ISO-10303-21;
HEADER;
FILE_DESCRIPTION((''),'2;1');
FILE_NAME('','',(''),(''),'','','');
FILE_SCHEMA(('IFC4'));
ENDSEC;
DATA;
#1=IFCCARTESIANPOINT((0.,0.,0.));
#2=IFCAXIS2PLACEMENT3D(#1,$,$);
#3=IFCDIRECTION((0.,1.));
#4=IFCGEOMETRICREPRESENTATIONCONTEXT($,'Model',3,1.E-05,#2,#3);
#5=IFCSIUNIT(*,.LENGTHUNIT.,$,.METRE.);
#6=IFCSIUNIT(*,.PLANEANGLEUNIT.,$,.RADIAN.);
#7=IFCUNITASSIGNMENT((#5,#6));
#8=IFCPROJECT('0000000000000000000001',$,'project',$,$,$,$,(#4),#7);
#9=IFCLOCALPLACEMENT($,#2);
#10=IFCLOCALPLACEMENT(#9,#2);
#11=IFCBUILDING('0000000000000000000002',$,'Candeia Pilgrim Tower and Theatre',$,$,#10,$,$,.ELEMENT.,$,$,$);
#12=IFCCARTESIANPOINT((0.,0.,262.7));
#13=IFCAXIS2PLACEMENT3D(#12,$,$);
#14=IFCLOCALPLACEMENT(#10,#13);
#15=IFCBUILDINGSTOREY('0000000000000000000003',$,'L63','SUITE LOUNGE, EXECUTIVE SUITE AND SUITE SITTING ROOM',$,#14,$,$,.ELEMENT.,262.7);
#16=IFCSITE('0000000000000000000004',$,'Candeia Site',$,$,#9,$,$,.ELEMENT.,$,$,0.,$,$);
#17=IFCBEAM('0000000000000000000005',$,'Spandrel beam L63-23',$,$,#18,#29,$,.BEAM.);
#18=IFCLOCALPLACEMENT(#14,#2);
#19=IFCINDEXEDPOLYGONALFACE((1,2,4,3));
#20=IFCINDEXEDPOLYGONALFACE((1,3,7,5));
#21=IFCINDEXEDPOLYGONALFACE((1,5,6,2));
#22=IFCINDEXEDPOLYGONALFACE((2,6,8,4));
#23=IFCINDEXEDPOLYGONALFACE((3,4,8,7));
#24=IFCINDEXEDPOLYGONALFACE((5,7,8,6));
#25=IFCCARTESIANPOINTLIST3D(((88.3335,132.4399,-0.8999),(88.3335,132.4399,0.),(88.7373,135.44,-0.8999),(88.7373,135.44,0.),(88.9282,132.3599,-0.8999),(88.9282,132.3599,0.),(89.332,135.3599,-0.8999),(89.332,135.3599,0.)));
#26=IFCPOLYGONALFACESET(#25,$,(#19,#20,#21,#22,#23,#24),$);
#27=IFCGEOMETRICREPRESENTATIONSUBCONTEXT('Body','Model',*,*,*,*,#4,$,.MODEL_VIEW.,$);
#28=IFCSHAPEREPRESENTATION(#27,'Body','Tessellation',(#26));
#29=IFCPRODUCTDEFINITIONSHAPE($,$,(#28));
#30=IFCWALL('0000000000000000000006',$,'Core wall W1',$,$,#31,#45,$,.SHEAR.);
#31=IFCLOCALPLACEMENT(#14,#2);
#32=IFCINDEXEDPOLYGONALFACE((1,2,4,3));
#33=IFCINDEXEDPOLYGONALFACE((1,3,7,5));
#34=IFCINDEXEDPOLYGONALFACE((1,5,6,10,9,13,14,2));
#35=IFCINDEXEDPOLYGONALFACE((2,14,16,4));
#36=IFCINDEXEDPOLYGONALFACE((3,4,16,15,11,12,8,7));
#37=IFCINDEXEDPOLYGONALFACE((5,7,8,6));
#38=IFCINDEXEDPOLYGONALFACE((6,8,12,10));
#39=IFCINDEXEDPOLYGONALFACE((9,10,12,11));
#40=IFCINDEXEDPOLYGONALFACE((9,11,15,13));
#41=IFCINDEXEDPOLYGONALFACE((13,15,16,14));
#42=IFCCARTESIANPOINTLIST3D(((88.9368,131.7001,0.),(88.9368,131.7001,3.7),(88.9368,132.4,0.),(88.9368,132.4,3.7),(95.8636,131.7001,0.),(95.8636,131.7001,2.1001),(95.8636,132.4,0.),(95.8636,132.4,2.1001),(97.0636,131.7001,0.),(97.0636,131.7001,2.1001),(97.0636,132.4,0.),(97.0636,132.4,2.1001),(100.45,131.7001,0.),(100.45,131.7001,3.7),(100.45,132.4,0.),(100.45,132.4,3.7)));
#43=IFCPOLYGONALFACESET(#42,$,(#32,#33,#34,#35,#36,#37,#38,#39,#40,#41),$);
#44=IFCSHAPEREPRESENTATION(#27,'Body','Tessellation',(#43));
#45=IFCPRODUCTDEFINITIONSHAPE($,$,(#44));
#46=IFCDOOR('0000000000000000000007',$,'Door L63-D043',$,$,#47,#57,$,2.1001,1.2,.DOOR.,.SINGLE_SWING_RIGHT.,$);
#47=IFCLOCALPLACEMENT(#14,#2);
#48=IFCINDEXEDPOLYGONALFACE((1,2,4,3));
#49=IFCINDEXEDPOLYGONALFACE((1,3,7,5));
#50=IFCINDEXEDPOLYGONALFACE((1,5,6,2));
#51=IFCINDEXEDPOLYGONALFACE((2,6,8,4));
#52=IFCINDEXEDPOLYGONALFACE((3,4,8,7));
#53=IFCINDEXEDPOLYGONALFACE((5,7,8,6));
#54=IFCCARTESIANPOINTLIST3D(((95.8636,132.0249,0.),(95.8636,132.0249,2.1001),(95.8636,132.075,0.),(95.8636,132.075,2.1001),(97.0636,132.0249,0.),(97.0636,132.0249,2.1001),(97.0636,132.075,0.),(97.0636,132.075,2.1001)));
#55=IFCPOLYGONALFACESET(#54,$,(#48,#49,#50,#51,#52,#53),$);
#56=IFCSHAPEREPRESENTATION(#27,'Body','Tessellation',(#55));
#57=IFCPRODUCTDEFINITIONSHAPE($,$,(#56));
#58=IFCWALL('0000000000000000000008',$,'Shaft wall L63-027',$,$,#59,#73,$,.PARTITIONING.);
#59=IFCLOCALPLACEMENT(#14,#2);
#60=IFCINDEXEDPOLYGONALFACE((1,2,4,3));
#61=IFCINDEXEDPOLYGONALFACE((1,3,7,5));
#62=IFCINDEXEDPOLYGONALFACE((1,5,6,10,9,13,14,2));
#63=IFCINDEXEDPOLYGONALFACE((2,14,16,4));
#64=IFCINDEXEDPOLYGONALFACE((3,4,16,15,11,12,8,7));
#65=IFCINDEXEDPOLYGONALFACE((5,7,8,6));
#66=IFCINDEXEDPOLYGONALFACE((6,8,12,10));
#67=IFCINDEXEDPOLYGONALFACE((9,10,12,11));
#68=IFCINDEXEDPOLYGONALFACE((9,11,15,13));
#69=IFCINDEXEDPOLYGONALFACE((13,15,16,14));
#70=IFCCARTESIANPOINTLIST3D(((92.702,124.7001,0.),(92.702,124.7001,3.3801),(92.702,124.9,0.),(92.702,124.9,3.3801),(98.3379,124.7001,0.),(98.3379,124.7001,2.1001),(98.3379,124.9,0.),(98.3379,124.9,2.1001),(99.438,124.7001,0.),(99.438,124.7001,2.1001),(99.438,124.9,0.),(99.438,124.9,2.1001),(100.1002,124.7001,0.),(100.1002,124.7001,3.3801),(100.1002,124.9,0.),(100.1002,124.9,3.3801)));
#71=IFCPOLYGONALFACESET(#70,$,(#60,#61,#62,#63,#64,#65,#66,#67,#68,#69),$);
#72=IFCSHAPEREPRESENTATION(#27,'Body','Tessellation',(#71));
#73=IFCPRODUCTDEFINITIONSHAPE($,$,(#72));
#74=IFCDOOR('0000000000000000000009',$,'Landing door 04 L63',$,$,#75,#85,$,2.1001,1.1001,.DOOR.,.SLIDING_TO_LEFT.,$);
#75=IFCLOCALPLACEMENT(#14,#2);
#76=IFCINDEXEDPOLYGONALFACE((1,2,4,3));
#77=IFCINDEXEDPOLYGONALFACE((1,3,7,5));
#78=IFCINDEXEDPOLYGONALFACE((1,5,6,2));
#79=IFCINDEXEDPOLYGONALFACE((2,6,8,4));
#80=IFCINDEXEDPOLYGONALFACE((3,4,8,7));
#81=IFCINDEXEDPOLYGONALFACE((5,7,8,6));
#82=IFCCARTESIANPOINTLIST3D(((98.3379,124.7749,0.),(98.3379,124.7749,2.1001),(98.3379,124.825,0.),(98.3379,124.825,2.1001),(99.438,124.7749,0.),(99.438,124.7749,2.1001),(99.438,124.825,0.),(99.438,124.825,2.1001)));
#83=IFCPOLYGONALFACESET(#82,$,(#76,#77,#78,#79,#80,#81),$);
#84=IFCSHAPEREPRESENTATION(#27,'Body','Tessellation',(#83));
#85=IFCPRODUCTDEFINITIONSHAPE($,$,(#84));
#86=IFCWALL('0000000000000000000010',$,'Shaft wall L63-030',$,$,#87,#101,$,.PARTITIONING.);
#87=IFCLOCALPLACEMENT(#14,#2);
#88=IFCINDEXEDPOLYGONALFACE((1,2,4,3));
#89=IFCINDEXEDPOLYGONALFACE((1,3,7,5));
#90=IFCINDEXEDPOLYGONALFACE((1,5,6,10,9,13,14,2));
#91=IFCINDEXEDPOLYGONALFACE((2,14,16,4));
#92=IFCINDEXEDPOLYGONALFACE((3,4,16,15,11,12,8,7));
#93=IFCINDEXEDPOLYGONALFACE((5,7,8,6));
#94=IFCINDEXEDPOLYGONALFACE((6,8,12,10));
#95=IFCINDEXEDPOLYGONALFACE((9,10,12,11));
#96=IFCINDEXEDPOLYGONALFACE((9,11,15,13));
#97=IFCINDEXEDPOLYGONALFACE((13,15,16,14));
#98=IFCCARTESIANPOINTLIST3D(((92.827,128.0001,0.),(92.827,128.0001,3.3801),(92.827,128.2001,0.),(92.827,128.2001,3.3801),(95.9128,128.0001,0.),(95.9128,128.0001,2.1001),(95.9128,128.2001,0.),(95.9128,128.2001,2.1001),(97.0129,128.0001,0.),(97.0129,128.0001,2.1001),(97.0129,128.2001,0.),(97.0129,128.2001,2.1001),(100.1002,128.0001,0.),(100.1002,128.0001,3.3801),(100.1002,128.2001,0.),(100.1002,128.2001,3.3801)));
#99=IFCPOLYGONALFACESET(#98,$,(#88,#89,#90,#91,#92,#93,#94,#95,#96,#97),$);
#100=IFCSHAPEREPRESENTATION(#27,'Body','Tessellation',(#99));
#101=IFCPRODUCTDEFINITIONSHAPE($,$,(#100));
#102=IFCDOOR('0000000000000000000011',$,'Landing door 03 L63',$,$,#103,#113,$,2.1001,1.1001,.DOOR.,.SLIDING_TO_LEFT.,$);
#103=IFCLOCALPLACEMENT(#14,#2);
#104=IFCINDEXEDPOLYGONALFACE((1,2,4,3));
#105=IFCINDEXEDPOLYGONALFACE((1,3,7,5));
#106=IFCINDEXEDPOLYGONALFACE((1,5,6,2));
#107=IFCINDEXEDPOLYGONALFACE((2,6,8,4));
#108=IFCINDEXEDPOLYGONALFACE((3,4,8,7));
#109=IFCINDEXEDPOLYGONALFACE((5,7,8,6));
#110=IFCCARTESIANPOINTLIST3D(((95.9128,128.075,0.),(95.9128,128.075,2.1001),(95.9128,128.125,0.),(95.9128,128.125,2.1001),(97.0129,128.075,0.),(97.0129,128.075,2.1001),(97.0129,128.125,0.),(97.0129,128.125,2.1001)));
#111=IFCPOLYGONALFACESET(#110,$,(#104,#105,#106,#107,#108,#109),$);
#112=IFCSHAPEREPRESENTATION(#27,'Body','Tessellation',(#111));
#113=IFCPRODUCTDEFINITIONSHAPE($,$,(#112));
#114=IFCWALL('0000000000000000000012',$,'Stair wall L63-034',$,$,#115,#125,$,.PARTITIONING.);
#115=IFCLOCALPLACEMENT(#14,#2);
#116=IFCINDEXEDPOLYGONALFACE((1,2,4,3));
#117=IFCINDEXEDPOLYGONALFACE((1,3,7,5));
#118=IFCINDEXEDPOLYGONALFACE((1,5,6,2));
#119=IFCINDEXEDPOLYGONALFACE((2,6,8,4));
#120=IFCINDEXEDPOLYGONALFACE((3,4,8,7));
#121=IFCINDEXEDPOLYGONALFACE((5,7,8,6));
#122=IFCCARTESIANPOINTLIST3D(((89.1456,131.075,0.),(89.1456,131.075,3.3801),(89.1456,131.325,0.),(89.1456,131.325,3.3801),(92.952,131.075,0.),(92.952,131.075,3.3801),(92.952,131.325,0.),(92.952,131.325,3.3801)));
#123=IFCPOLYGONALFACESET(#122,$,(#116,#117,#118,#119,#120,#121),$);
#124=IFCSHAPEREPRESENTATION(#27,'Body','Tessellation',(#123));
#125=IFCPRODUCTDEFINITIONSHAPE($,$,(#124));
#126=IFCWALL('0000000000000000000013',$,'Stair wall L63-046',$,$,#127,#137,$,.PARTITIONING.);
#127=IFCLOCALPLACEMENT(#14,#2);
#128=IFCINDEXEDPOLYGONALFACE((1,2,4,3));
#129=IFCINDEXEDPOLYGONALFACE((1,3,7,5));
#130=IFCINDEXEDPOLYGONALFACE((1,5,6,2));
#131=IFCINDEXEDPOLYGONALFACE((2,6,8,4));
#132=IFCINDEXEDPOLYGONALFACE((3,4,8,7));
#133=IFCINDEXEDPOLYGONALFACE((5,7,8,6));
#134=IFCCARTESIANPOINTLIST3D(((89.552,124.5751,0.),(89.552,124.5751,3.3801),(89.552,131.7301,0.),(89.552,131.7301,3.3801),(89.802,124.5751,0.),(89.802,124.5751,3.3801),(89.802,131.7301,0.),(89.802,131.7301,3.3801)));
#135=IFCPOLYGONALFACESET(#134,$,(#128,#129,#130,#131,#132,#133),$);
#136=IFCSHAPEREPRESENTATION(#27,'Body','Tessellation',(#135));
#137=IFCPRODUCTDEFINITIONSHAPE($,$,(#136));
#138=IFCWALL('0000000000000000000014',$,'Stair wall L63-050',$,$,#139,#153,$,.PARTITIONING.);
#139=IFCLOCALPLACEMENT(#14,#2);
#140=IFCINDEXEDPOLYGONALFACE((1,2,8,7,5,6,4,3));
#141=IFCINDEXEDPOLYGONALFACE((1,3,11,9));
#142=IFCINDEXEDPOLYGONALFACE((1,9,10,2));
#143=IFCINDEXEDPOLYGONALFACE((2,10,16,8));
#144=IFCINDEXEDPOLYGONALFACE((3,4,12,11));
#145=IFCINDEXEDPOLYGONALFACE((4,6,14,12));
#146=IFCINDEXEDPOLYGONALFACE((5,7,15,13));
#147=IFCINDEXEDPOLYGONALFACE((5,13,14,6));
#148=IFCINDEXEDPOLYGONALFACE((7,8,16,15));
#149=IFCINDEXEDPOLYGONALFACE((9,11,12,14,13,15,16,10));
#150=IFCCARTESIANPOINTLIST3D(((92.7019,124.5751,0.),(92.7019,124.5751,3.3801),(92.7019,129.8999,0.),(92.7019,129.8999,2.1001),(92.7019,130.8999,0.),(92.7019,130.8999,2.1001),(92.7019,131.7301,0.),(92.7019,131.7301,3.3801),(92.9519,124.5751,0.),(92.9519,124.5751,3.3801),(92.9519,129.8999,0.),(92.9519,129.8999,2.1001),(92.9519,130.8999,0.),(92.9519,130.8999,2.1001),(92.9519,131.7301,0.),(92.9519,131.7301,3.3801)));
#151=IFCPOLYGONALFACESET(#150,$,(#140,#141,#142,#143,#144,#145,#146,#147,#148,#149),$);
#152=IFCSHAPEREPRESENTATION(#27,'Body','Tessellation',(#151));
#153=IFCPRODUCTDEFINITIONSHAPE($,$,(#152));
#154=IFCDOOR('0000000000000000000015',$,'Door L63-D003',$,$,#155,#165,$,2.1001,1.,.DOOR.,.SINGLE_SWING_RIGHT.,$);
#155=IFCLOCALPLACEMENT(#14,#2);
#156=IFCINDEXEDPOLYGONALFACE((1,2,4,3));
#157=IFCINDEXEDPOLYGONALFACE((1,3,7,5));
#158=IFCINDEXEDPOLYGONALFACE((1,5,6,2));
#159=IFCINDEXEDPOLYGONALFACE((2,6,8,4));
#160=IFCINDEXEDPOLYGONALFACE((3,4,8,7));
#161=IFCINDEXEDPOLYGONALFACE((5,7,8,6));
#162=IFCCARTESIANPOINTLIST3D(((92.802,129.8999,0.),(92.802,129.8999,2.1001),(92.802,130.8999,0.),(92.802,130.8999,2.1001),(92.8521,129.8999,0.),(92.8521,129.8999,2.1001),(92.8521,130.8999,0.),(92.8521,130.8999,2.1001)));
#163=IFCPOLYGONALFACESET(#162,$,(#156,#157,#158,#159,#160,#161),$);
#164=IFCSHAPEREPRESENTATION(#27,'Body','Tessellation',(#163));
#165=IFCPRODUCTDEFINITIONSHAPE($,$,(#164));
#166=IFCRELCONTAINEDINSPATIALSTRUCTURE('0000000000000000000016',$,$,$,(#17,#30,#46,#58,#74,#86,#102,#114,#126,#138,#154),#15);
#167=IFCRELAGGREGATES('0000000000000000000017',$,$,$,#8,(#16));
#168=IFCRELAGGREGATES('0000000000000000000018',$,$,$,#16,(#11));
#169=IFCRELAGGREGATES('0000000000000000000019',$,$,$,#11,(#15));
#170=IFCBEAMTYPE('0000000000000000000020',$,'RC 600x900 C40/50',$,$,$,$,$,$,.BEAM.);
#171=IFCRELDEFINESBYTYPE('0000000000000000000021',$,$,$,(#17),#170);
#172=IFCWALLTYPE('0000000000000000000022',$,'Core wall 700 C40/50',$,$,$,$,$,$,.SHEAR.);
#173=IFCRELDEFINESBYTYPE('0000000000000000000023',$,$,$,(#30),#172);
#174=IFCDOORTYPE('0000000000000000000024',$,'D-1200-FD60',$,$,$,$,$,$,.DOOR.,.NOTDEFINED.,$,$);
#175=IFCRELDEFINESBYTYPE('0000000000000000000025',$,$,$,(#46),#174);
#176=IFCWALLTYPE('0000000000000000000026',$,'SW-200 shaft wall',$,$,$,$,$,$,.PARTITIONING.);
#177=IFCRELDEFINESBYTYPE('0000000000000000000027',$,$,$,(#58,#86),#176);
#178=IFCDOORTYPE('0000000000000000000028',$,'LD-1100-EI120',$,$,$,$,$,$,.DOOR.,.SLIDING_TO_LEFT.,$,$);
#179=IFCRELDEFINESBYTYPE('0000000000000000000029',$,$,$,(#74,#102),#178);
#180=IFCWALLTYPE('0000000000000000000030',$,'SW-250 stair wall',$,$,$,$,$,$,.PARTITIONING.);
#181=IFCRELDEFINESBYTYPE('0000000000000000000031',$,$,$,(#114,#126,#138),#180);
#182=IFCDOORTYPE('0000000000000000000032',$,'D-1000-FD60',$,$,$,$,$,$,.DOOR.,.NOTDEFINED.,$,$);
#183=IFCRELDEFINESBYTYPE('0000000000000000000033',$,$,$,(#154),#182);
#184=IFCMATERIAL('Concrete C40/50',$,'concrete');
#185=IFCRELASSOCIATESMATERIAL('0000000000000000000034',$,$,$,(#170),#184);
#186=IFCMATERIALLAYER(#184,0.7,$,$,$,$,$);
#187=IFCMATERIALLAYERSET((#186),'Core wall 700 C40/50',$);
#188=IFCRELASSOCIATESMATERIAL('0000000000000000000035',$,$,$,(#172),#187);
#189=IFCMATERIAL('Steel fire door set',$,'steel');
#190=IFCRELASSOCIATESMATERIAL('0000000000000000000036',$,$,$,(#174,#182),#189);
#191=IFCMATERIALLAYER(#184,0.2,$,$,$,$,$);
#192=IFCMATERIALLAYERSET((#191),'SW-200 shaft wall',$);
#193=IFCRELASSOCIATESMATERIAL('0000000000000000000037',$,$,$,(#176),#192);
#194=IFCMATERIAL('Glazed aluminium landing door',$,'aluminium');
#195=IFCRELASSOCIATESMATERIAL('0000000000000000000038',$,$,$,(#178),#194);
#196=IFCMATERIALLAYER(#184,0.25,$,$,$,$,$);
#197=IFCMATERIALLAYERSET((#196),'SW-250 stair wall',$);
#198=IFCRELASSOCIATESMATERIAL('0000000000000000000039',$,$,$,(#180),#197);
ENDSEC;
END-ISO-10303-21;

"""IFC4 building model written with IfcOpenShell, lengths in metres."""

from ifc_helpers import new_model, si_unit, direction, frame, frame_2d, origin, origin_2d, place, context, subcontext, project, spatial, rectangle, extrude, material, layer, layer_set, material_profile, profile_set, type_object, element, fill, save


model = new_model("IFC4")

# Units and contexts
model_context = context("Model", 3, precision=1e-05, world=origin(), true_north=direction((0.0, 1.0)))
body_context = subcontext(model_context, "Body", "Model", "MODEL_VIEW")
ifc_project = project(units=[si_unit("LENGTHUNIT", "METRE"), si_unit("PLANEANGLEUNIT", "RADIAN")], contexts=[model_context])

# Site, building, storey
site_placement = place(None, origin())
site = spatial("IfcSite", under=ifc_project, at=site_placement, Name="Candeia Site", CompositionType="ELEMENT", RefElevation=0.0)
building_placement = place(site_placement, origin())
building = spatial("IfcBuilding", under=site, at=building_placement, Name="Candeia Pilgrim Tower and Theatre", CompositionType="ELEMENT")
storey_placement = place(building_placement, frame((0.0, 0.0, 262.7)))
storey = spatial("IfcBuildingStorey", under=building, at=storey_placement, Name="L63", Description="SUITE LOUNGE, EXECUTIVE SUITE AND SUITE SITTING ROOM", CompositionType="ELEMENT", Elevation=262.7)

# Beam
ifc_material_1 = material(Name="Concrete C40/50", Category="concrete")
ifc_material_profile = material_profile(ifc_material_1, rectangle(XDim=0.6001, YDim=0.8999, at=origin_2d()))
ifc_profile_set = profile_set([ifc_material_profile], Name="Concrete C40/50")
beam_type = type_object("IfcBeamType", Name="RC 600x900 C40/50", PredefinedType="BEAM", material=ifc_profile_set)
beam_placement = place(storey_placement, frame((88.6309, 132.3999, -0.45), z_axis=(0.1334, 0.991062, 0.0), x_axis=(-0.991062, 0.1334, 0.0)))
element("IfcBeam", 1, at=beam_placement, inside=storey, type_object=beam_type, Name="Spandrel beam L63-23", PredefinedType="BEAM", context=body_context, shape_type="SweptSolid", body=[
    extrude(rectangle(XDim=0.6001, YDim=0.8999, at=origin_2d()), origin(), (0.0, 0.0, 1.0), 3.0271),
])

# Walls, openings, doors
ifc_layer_1 = layer(ifc_material_1, 0.7)
ifc_layer_set_1 = layer_set([ifc_layer_1], Name="Core wall 700 C40/50")
wall_type_1 = type_object("IfcWallType", Name="Core wall 700 C40/50", PredefinedType="SHEAR", material=ifc_layer_set_1)
wall_1_placement = place(storey_placement, frame((88.9368, 132.05, 0.0), z_axis=(0.0, 0.0, 1.0), x_axis=(1.0, 0.0, 0.0)))
wall_1 = element("IfcWall", 2, at=wall_1_placement, inside=storey, type_object=wall_type_1, Name="Core wall W1", PredefinedType="SHEAR", context=body_context, shape_type="SweptSolid", body=[
    extrude(rectangle(XDim=11.5132, YDim=0.7, at=frame_2d((5.7566, 0.0))), origin(), (0.0, 0.0, 1.0), 3.7),
])
opening_1_placement = place(wall_1_placement, frame((6.9268, 0.0, 0.0)))
opening_1 = element("IfcOpeningElement", 3, at=opening_1_placement, cuts=wall_1, PredefinedType="OPENING", context=body_context, shape_type="SweptSolid", body=[
    extrude(rectangle(XDim=1.2, YDim=2.1001, at=frame_2d((0.6001, 1.05))), frame((0.0, 0.3599, 0.0), z_axis=(0.0, -1.0, 0.0), x_axis=(1.0, 0.0, 0.0)), (0.0, 0.0, 1.0), 0.72),
])
ifc_material_2 = material(Name="Steel fire door set", Category="steel")
door_type_1 = type_object("IfcDoorType", Name="D-1200-FD60", OperationType="NOTDEFINED", PredefinedType="DOOR", material=ifc_material_2)
door_1_placement = place(opening_1_placement, origin())
door_1 = element("IfcDoor", 4, at=door_1_placement, inside=storey, type_object=door_type_1, Name="Door L63-D043", OperationType="SINGLE_SWING_RIGHT", OverallHeight=2.1001, OverallWidth=1.2, PredefinedType="DOOR", context=body_context, shape_type="SweptSolid", body=[
    extrude(rectangle(XDim=1.2, YDim=2.1001, at=frame_2d((0.6001, 1.05))), frame((0.0, 0.0249, 0.0), z_axis=(0.0, -1.0, 0.0), x_axis=(1.0, 0.0, 0.0)), (0.0, 0.0, 1.0), 0.05),
])
fill(opening_1, door_1)
ifc_layer_2 = layer(ifc_material_1, 0.2)
ifc_layer_set_2 = layer_set([ifc_layer_2], Name="SW-200 shaft wall")
wall_type_2 = type_object("IfcWallType", Name="SW-200 shaft wall", PredefinedType="PARTITIONING", material=ifc_layer_set_2)
wall_2_placement = place(storey_placement, frame((92.7019, 124.8, 0.0), z_axis=(0.0, 0.0, 1.0), x_axis=(1.0, 0.0, 0.0)))
wall_2 = element("IfcWall", 5, at=wall_2_placement, inside=storey, type_object=wall_type_2, Name="Shaft wall L63-027", PredefinedType="PARTITIONING", context=body_context, shape_type="SweptSolid", body=[
    extrude(rectangle(XDim=7.3982, YDim=0.2, at=frame_2d((3.6992, 0.0))), origin(), (0.0, 0.0, 1.0), 3.3801),
])
opening_2_placement = place(wall_2_placement, frame((5.636, 0.0, 0.0)))
opening_2 = element("IfcOpeningElement", 6, at=opening_2_placement, cuts=wall_2, PredefinedType="OPENING", context=body_context, shape_type="SweptSolid", body=[
    extrude(rectangle(XDim=1.1001, YDim=2.1001, at=frame_2d((0.55, 1.05))), frame((0.0, 0.1099, 0.0), z_axis=(0.0, -1.0, 0.0), x_axis=(1.0, 0.0, 0.0)), (0.0, 0.0, 1.0), 0.22),
])
ifc_material_3 = material(Name="Glazed aluminium landing door", Category="aluminium")
door_type_2 = type_object("IfcDoorType", Name="LD-1100-EI120", OperationType="SLIDING_TO_LEFT", PredefinedType="DOOR", material=ifc_material_3)
door_2_placement = place(opening_2_placement, origin())
door_2 = element("IfcDoor", 7, at=door_2_placement, inside=storey, type_object=door_type_2, Name="Landing door 04 L63", OperationType="SLIDING_TO_LEFT", OverallHeight=2.1001, OverallWidth=1.1001, PredefinedType="DOOR", context=body_context, shape_type="SweptSolid", body=[
    extrude(rectangle(XDim=1.1001, YDim=2.1001, at=frame_2d((0.55, 1.05))), frame((0.0, 0.0249, 0.0), z_axis=(0.0, -1.0, 0.0), x_axis=(1.0, 0.0, 0.0)), (0.0, 0.0, 1.0), 0.05),
])
fill(opening_2, door_2)
wall_3_placement = place(storey_placement, frame((92.8269, 128.1001, 0.0), z_axis=(0.0, 0.0, 1.0), x_axis=(1.0, 0.0, 0.0)))
wall_3 = element("IfcWall", 8, at=wall_3_placement, inside=storey, type_object=wall_type_2, Name="Shaft wall L63-030", PredefinedType="PARTITIONING", context=body_context, shape_type="SweptSolid", body=[
    extrude(rectangle(XDim=7.2732, YDim=0.2, at=frame_2d((3.6367, 0.0))), origin(), (0.0, 0.0, 1.0), 3.3801),
])
opening_3_placement = place(wall_3_placement, frame((3.0859, 0.0, 0.0)))
opening_3 = element("IfcOpeningElement", 9, at=opening_3_placement, cuts=wall_3, PredefinedType="OPENING", context=body_context, shape_type="SweptSolid", body=[
    extrude(rectangle(XDim=1.1001, YDim=2.1001, at=frame_2d((0.55, 1.05))), frame((0.0, 0.1099, 0.0), z_axis=(0.0, -1.0, 0.0), x_axis=(1.0, 0.0, 0.0)), (0.0, 0.0, 1.0), 0.22),
])
door_3_placement = place(opening_3_placement, origin())
door_3 = element("IfcDoor", 10, at=door_3_placement, inside=storey, type_object=door_type_2, Name="Landing door 03 L63", OperationType="SLIDING_TO_LEFT", OverallHeight=2.1001, OverallWidth=1.1001, PredefinedType="DOOR", context=body_context, shape_type="SweptSolid", body=[
    extrude(rectangle(XDim=1.1001, YDim=2.1001, at=frame_2d((0.55, 1.05))), frame((0.0, 0.0249, 0.0), z_axis=(0.0, -1.0, 0.0), x_axis=(1.0, 0.0, 0.0)), (0.0, 0.0, 1.0), 0.05),
])
fill(opening_3, door_3)

# Walls
ifc_layer_3 = layer(ifc_material_1, 0.25)
ifc_layer_set_3 = layer_set([ifc_layer_3], Name="SW-250 stair wall")
wall_type_3 = type_object("IfcWallType", Name="SW-250 stair wall", PredefinedType="PARTITIONING", material=ifc_layer_set_3)
wall_4_placement = place(storey_placement, frame((89.1455, 131.2, 0.0), z_axis=(0.0, 0.0, 1.0), x_axis=(1.0, 0.0, 0.0)))
element("IfcWall", 11, at=wall_4_placement, inside=storey, type_object=wall_type_3, Name="Stair wall L63-034", PredefinedType="PARTITIONING", context=body_context, shape_type="SweptSolid", body=[
    extrude(rectangle(XDim=3.8064, YDim=0.25, at=frame_2d((1.9033, 0.0))), origin(), (0.0, 0.0, 1.0), 3.3801),
])
wall_5_placement = place(storey_placement, frame((89.677, 124.575, 0.0), z_axis=(0.0, 0.0, 1.0), x_axis=(0.0, 1.0, 0.0)))
element("IfcWall", 12, at=wall_5_placement, inside=storey, type_object=wall_type_3, Name="Stair wall L63-046", PredefinedType="PARTITIONING", context=body_context, shape_type="SweptSolid", body=[
    extrude(rectangle(XDim=7.155, YDim=0.25, at=frame_2d((3.5776, 0.0))), origin(), (0.0, 0.0, 1.0), 3.3801),
])

# Wall, opening, door
wall_6_placement = place(storey_placement, frame((92.8269, 124.575, 0.0), z_axis=(0.0, 0.0, 1.0), x_axis=(0.0, 1.0, 0.0)))
wall_6 = element("IfcWall", 13, at=wall_6_placement, inside=storey, type_object=wall_type_3, Name="Stair wall L63-050", PredefinedType="PARTITIONING", context=body_context, shape_type="SweptSolid", body=[
    extrude(rectangle(XDim=7.155, YDim=0.25, at=frame_2d((3.5776, 0.0))), origin(), (0.0, 0.0, 1.0), 3.3801),
])
opening_4_placement = place(wall_6_placement, frame((5.325, 0.0, 0.0)))
opening_4 = element("IfcOpeningElement", 14, at=opening_4_placement, cuts=wall_6, PredefinedType="OPENING", context=body_context, shape_type="SweptSolid", body=[
    extrude(rectangle(XDim=1.0, YDim=2.1001, at=frame_2d((0.5, 1.05))), frame((0.0, 0.135, 0.0), z_axis=(0.0, -1.0, 0.0), x_axis=(1.0, 0.0, 0.0)), (0.0, 0.0, 1.0), 0.27),
])
door_type_3 = type_object("IfcDoorType", Name="D-1000-FD60", OperationType="NOTDEFINED", PredefinedType="DOOR", material=ifc_material_2)
door_4_placement = place(opening_4_placement, origin())
door_4 = element("IfcDoor", 15, at=door_4_placement, inside=storey, type_object=door_type_3, Name="Door L63-D003", OperationType="SINGLE_SWING_RIGHT", OverallHeight=2.1001, OverallWidth=1.0, PredefinedType="DOOR", context=body_context, shape_type="SweptSolid", body=[
    extrude(rectangle(XDim=1.0, YDim=2.1001, at=frame_2d((0.5, 1.05))), frame((0.0, 0.0249, 0.0), z_axis=(0.0, -1.0, 0.0), x_axis=(1.0, 0.0, 0.0)), (0.0, 0.0, 1.0), 0.05),
])
fill(opening_4, door_4)

save(model, "model.ifc")
